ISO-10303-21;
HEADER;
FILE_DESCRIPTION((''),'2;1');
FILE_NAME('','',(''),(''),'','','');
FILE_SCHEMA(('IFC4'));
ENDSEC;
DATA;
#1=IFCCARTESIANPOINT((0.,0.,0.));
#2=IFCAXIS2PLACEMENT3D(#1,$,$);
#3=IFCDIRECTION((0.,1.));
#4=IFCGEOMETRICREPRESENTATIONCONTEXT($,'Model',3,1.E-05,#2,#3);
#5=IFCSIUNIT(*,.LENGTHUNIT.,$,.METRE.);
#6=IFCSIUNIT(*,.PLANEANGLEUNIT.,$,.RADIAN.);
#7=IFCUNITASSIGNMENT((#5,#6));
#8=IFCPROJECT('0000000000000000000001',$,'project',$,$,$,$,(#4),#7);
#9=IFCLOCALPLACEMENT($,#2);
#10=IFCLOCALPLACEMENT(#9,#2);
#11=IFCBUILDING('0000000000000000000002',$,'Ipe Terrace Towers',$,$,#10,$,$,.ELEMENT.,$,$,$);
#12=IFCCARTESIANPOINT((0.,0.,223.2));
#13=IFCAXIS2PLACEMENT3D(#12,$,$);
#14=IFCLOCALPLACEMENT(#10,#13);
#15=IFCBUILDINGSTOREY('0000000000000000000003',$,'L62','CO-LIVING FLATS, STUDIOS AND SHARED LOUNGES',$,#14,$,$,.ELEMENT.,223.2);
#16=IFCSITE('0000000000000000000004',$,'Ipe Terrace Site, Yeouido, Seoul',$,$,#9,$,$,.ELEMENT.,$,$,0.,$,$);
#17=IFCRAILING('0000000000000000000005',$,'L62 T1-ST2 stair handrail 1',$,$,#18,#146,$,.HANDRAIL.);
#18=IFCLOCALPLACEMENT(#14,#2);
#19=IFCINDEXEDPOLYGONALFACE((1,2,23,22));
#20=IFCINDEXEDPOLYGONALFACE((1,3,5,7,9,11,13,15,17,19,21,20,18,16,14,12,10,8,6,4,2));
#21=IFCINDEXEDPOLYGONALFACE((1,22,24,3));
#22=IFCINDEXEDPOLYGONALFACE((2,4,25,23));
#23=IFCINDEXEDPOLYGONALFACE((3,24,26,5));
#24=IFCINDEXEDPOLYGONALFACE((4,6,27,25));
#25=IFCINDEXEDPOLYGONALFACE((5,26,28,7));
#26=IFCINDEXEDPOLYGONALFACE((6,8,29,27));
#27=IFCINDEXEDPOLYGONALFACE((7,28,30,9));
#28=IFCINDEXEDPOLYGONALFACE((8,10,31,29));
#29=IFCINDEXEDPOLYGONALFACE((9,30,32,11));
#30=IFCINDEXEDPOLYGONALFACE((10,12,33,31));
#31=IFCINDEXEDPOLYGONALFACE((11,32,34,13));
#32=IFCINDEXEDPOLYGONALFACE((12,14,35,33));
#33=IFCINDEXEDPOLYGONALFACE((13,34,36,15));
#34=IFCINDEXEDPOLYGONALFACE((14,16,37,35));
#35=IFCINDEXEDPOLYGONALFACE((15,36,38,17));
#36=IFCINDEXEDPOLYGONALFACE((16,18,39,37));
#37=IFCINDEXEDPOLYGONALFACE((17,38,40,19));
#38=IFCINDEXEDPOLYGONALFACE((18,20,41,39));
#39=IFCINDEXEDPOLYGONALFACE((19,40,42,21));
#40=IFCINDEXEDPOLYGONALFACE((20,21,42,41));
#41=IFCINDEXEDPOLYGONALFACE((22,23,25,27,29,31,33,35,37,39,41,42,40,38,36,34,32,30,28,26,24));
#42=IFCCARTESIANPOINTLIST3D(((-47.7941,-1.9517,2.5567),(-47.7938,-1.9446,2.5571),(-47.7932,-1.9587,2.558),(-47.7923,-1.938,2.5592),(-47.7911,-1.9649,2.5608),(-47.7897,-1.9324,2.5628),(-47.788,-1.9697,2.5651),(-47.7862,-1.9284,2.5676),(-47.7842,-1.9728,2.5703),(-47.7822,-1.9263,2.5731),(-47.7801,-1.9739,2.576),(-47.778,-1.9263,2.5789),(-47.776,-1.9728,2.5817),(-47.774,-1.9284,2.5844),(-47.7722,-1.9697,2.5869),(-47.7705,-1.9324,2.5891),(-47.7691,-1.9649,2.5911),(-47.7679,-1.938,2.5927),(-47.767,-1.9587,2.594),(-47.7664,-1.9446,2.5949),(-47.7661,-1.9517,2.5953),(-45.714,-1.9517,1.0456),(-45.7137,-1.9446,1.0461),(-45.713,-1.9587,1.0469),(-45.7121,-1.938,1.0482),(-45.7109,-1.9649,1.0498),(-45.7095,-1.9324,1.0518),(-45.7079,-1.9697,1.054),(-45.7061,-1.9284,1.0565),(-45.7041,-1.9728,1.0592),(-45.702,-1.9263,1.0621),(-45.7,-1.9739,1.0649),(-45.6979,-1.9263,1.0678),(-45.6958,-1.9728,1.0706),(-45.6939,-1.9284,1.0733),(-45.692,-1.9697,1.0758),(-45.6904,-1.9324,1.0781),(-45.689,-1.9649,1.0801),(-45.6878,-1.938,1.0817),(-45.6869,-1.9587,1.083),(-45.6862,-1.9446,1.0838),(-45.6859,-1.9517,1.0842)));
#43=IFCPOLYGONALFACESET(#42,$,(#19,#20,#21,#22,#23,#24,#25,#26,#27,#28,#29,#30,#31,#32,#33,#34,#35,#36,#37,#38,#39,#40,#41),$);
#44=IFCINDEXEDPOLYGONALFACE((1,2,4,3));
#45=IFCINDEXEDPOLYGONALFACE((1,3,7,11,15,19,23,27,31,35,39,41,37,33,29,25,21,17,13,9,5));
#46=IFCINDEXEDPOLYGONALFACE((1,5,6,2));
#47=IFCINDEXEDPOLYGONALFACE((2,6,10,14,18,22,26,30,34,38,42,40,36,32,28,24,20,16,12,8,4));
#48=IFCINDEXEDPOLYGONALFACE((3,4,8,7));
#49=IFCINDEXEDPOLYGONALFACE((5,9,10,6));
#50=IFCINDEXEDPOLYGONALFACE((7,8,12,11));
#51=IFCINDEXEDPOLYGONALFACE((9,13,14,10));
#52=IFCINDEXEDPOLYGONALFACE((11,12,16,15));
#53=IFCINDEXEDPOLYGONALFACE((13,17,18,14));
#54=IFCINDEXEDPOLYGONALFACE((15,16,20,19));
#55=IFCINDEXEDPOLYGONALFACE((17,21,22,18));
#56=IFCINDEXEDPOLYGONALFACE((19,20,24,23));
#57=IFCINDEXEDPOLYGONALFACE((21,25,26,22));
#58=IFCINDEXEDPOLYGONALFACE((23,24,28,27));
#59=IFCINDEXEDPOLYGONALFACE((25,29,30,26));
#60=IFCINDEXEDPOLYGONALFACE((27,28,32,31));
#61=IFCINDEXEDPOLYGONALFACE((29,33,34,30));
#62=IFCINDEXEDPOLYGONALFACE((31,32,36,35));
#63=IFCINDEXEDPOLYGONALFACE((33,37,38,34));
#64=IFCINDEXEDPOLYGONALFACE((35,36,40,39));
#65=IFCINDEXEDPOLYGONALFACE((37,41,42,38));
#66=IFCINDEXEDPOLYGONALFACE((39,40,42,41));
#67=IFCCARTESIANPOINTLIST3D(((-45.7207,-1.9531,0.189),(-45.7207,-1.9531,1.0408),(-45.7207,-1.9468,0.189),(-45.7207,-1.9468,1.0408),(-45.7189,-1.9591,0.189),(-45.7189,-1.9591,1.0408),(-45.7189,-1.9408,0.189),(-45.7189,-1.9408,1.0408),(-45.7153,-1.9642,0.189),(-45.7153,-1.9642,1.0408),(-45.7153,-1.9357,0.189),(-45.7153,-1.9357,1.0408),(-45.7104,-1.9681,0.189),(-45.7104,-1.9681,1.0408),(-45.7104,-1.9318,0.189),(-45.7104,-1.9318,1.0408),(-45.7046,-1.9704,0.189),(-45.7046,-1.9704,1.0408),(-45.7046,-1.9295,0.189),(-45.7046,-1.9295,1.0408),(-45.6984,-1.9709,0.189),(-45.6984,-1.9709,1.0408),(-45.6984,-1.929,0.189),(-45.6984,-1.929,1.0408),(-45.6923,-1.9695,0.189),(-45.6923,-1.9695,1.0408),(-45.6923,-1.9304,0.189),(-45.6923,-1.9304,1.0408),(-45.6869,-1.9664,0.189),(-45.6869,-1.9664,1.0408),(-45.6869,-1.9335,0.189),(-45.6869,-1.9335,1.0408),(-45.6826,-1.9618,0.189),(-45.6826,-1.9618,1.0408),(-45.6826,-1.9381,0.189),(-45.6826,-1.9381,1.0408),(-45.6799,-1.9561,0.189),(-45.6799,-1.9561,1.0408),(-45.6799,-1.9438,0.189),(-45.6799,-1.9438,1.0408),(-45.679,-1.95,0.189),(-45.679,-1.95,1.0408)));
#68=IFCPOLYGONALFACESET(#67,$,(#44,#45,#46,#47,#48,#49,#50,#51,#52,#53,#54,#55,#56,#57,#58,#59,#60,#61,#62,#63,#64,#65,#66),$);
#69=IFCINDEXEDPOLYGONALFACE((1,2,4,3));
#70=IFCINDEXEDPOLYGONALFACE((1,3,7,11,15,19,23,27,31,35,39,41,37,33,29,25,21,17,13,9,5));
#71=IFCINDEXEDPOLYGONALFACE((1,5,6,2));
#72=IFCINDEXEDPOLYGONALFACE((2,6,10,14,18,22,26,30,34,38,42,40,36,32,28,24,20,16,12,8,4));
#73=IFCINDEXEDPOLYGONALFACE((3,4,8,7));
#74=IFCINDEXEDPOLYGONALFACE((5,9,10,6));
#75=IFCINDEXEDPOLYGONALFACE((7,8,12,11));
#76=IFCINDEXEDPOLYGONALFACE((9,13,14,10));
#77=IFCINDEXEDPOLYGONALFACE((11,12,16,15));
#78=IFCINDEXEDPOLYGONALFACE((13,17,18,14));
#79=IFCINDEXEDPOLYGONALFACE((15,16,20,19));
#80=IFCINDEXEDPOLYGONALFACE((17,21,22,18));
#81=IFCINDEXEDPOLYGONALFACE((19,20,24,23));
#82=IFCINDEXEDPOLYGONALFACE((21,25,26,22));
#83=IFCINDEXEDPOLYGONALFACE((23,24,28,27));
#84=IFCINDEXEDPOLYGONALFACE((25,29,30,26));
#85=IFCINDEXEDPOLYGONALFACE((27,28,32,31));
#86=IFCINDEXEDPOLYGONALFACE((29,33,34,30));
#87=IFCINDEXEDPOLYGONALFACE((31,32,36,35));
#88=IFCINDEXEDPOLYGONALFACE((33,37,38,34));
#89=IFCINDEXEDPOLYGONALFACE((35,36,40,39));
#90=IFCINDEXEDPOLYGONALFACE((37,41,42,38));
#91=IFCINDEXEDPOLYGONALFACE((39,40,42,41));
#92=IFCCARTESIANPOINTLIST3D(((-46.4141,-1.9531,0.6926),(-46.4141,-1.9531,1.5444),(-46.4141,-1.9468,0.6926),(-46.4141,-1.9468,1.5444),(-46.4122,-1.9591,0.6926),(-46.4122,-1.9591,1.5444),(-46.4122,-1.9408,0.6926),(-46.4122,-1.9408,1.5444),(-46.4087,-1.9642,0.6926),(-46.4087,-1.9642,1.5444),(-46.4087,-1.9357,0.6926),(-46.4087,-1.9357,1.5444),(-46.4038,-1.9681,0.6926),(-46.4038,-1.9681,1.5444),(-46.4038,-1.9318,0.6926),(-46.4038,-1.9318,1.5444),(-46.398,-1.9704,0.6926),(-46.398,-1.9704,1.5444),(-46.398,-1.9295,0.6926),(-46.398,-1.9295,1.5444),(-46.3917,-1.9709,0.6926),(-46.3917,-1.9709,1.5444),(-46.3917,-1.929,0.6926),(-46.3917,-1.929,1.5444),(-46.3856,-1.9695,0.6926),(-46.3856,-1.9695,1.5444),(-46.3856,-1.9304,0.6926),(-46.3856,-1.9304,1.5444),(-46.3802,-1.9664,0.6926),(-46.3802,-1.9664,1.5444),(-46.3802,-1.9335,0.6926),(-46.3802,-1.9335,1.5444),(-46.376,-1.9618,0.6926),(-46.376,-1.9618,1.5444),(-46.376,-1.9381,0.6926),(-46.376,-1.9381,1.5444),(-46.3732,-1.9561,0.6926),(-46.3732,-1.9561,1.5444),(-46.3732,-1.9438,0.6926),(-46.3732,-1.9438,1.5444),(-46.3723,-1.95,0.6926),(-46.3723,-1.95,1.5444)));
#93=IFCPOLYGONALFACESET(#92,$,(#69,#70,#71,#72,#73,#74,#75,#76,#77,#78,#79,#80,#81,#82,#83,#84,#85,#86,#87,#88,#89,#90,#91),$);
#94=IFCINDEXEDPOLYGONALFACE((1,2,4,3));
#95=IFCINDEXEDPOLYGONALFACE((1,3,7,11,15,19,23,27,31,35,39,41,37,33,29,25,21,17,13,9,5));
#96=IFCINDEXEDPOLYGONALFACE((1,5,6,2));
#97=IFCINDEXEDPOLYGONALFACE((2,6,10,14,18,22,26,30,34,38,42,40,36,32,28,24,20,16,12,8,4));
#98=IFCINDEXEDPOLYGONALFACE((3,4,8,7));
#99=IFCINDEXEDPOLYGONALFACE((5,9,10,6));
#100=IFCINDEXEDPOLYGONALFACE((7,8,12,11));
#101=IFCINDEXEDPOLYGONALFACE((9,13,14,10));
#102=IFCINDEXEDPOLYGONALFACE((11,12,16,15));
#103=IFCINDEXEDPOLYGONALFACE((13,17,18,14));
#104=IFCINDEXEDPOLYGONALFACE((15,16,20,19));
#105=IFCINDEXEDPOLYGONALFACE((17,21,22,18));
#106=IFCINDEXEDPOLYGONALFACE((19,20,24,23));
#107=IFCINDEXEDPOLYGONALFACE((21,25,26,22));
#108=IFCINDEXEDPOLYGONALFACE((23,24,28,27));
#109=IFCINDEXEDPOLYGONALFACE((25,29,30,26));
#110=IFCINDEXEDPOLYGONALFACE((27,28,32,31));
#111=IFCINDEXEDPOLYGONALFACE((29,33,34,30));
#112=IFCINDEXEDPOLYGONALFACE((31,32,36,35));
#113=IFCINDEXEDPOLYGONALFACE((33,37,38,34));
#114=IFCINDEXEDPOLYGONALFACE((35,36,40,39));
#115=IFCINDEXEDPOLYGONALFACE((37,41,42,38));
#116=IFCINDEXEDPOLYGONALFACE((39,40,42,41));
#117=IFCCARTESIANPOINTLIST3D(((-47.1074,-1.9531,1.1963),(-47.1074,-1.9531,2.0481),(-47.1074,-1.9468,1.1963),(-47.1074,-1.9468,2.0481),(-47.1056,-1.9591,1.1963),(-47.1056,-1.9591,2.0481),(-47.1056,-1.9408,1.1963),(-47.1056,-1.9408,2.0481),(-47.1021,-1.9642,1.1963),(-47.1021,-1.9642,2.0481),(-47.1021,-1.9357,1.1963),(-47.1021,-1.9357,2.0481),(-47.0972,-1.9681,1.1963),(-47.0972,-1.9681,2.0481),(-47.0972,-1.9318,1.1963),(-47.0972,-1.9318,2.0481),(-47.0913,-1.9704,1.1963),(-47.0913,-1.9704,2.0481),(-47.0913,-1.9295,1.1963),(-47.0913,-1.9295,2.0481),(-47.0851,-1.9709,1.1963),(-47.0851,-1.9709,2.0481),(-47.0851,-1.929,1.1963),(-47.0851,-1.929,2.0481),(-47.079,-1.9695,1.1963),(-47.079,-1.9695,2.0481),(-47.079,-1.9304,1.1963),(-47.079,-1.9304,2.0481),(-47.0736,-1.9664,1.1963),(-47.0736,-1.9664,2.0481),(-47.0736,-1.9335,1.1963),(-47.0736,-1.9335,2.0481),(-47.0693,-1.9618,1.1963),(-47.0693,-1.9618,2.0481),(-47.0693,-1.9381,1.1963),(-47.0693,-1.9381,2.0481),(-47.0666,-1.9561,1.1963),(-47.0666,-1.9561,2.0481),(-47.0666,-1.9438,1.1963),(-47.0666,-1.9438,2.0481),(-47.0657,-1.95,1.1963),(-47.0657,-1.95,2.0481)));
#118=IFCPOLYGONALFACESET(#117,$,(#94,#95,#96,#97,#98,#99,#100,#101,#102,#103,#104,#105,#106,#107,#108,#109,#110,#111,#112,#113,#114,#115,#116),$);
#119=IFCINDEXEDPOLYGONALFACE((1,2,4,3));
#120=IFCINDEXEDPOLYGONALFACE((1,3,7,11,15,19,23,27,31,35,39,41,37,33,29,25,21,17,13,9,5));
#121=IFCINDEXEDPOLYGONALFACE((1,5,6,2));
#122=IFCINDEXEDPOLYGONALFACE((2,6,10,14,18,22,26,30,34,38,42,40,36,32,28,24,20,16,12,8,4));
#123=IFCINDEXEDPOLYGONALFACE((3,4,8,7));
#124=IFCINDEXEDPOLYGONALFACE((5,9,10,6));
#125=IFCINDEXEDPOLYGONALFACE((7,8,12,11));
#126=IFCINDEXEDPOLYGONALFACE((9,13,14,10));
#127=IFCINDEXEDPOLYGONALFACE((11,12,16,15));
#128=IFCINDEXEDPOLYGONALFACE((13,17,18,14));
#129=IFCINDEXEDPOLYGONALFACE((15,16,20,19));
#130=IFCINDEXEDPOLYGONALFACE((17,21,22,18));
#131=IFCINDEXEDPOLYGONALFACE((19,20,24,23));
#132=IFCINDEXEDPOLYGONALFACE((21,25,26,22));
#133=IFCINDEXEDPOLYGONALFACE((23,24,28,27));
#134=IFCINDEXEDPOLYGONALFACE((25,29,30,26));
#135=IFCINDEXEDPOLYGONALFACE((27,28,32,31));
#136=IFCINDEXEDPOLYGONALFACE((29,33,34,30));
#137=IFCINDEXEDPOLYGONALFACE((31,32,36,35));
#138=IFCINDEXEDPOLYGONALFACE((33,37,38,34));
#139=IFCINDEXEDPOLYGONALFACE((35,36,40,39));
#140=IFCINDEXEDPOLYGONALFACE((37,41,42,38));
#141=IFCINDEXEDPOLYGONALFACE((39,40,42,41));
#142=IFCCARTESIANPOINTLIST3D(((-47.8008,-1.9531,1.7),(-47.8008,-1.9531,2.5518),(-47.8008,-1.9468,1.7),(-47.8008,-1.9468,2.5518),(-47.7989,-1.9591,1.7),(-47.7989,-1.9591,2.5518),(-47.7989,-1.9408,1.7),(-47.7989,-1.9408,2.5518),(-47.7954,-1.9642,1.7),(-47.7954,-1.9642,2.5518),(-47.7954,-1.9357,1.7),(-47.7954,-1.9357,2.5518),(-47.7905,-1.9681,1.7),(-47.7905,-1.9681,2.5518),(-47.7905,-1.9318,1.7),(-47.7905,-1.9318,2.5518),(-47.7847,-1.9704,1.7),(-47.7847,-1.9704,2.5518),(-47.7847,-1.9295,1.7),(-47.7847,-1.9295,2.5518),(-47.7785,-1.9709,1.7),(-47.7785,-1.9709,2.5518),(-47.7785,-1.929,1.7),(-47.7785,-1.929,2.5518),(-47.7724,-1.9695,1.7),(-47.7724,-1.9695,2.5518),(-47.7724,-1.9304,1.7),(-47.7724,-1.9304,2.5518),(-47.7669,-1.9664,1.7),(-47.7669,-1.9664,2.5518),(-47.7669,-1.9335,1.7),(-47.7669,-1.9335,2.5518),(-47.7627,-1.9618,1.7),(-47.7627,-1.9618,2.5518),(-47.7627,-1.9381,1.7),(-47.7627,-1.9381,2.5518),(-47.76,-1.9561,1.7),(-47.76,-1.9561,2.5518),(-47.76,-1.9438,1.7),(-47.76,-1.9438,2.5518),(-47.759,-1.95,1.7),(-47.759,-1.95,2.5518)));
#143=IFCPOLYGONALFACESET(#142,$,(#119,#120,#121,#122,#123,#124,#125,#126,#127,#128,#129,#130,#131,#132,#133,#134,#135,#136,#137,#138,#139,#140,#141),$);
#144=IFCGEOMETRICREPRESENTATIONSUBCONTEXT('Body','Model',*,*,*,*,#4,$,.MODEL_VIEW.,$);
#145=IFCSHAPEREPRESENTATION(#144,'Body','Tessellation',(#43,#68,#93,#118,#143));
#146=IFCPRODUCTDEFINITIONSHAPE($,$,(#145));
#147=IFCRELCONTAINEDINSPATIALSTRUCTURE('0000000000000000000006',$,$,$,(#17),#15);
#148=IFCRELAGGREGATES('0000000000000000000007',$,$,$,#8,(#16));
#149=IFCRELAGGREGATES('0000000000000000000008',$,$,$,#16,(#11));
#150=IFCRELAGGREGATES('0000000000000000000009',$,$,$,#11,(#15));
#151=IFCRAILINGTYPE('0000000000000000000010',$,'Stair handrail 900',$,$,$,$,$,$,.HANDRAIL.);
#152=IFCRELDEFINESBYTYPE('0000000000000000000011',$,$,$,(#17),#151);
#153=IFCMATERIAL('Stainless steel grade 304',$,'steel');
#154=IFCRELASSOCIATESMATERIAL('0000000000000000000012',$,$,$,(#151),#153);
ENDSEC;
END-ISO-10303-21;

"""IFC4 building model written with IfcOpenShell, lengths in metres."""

from ifc_helpers import new_model, si_unit, direction, frame, origin, origin_2d, place, context, subcontext, project, spatial, circle, extrude, material, type_object, element, save


model = new_model("IFC4")

# Units and contexts
model_context = context("Model", 3, precision=1e-05, world=origin(), true_north=direction((0.0, 1.0)))
body_context = subcontext(model_context, "Body", "Model", "MODEL_VIEW")
ifc_project = project(units=[si_unit("LENGTHUNIT", "METRE"), si_unit("PLANEANGLEUNIT", "RADIAN")], contexts=[model_context])

# Site, building, storey
site_placement = place(None, origin())
site = spatial("IfcSite", under=ifc_project, at=site_placement, Name="Ipe Terrace Site, Yeouido, Seoul", CompositionType="ELEMENT", RefElevation=0.0)
building_placement = place(site_placement, origin())
building = spatial("IfcBuilding", under=site, at=building_placement, Name="Ipe Terrace Towers", CompositionType="ELEMENT")
storey_placement = place(building_placement, frame((0.0, 0.0, 223.2)))
storey = spatial("IfcBuildingStorey", under=building, at=storey_placement, Name="L62", Description="CO-LIVING FLATS, STUDIOS AND SHARED LOUNGES", CompositionType="ELEMENT", Elevation=223.2)

# Railing
ifc_material_1 = material(Name="Stainless steel grade 304", Category="steel")
railing_type_1 = type_object("IfcRailingType", Name="Stair handrail 900", PredefinedType="HANDRAIL", material=ifc_material_1)
railing_1_placement = place(storey_placement, frame((-45.7, -1.95, 0.189)))
element("IfcRailing", 1, at=railing_1_placement, inside=storey, type_object=railing_type_1, Name="L62 T1-ST2 stair handrail 1", PredefinedType="HANDRAIL", context=body_context, shape_type="SweptSolid", body=[
    extrude(circle(Radius=0.0239, at=origin_2d()), frame((0.0, 0.0, 0.876), z_axis=(-0.809069, 0.0, 0.587714), x_axis=(0.0, -1.0, 0.0)), (0.0, 0.0, 1.0), 2.571),
    extrude(circle(Radius=0.021, at=origin_2d()), origin(), (0.0, 0.0, 1.0), 0.8518),
    extrude(circle(Radius=0.021, at=origin_2d()), frame((-0.6934, 0.0, 0.5037)), (0.0, 0.0, 1.0), 0.8518),
    extrude(circle(Radius=0.021, at=origin_2d()), frame((-1.3867, 0.0, 1.0073)), (0.0, 0.0, 1.0), 0.8518),
    extrude(circle(Radius=0.021, at=origin_2d()), frame((-2.0801, 0.0, 1.511)), (0.0, 0.0, 1.0), 0.8518),
])

save(model, "model.ifc")
